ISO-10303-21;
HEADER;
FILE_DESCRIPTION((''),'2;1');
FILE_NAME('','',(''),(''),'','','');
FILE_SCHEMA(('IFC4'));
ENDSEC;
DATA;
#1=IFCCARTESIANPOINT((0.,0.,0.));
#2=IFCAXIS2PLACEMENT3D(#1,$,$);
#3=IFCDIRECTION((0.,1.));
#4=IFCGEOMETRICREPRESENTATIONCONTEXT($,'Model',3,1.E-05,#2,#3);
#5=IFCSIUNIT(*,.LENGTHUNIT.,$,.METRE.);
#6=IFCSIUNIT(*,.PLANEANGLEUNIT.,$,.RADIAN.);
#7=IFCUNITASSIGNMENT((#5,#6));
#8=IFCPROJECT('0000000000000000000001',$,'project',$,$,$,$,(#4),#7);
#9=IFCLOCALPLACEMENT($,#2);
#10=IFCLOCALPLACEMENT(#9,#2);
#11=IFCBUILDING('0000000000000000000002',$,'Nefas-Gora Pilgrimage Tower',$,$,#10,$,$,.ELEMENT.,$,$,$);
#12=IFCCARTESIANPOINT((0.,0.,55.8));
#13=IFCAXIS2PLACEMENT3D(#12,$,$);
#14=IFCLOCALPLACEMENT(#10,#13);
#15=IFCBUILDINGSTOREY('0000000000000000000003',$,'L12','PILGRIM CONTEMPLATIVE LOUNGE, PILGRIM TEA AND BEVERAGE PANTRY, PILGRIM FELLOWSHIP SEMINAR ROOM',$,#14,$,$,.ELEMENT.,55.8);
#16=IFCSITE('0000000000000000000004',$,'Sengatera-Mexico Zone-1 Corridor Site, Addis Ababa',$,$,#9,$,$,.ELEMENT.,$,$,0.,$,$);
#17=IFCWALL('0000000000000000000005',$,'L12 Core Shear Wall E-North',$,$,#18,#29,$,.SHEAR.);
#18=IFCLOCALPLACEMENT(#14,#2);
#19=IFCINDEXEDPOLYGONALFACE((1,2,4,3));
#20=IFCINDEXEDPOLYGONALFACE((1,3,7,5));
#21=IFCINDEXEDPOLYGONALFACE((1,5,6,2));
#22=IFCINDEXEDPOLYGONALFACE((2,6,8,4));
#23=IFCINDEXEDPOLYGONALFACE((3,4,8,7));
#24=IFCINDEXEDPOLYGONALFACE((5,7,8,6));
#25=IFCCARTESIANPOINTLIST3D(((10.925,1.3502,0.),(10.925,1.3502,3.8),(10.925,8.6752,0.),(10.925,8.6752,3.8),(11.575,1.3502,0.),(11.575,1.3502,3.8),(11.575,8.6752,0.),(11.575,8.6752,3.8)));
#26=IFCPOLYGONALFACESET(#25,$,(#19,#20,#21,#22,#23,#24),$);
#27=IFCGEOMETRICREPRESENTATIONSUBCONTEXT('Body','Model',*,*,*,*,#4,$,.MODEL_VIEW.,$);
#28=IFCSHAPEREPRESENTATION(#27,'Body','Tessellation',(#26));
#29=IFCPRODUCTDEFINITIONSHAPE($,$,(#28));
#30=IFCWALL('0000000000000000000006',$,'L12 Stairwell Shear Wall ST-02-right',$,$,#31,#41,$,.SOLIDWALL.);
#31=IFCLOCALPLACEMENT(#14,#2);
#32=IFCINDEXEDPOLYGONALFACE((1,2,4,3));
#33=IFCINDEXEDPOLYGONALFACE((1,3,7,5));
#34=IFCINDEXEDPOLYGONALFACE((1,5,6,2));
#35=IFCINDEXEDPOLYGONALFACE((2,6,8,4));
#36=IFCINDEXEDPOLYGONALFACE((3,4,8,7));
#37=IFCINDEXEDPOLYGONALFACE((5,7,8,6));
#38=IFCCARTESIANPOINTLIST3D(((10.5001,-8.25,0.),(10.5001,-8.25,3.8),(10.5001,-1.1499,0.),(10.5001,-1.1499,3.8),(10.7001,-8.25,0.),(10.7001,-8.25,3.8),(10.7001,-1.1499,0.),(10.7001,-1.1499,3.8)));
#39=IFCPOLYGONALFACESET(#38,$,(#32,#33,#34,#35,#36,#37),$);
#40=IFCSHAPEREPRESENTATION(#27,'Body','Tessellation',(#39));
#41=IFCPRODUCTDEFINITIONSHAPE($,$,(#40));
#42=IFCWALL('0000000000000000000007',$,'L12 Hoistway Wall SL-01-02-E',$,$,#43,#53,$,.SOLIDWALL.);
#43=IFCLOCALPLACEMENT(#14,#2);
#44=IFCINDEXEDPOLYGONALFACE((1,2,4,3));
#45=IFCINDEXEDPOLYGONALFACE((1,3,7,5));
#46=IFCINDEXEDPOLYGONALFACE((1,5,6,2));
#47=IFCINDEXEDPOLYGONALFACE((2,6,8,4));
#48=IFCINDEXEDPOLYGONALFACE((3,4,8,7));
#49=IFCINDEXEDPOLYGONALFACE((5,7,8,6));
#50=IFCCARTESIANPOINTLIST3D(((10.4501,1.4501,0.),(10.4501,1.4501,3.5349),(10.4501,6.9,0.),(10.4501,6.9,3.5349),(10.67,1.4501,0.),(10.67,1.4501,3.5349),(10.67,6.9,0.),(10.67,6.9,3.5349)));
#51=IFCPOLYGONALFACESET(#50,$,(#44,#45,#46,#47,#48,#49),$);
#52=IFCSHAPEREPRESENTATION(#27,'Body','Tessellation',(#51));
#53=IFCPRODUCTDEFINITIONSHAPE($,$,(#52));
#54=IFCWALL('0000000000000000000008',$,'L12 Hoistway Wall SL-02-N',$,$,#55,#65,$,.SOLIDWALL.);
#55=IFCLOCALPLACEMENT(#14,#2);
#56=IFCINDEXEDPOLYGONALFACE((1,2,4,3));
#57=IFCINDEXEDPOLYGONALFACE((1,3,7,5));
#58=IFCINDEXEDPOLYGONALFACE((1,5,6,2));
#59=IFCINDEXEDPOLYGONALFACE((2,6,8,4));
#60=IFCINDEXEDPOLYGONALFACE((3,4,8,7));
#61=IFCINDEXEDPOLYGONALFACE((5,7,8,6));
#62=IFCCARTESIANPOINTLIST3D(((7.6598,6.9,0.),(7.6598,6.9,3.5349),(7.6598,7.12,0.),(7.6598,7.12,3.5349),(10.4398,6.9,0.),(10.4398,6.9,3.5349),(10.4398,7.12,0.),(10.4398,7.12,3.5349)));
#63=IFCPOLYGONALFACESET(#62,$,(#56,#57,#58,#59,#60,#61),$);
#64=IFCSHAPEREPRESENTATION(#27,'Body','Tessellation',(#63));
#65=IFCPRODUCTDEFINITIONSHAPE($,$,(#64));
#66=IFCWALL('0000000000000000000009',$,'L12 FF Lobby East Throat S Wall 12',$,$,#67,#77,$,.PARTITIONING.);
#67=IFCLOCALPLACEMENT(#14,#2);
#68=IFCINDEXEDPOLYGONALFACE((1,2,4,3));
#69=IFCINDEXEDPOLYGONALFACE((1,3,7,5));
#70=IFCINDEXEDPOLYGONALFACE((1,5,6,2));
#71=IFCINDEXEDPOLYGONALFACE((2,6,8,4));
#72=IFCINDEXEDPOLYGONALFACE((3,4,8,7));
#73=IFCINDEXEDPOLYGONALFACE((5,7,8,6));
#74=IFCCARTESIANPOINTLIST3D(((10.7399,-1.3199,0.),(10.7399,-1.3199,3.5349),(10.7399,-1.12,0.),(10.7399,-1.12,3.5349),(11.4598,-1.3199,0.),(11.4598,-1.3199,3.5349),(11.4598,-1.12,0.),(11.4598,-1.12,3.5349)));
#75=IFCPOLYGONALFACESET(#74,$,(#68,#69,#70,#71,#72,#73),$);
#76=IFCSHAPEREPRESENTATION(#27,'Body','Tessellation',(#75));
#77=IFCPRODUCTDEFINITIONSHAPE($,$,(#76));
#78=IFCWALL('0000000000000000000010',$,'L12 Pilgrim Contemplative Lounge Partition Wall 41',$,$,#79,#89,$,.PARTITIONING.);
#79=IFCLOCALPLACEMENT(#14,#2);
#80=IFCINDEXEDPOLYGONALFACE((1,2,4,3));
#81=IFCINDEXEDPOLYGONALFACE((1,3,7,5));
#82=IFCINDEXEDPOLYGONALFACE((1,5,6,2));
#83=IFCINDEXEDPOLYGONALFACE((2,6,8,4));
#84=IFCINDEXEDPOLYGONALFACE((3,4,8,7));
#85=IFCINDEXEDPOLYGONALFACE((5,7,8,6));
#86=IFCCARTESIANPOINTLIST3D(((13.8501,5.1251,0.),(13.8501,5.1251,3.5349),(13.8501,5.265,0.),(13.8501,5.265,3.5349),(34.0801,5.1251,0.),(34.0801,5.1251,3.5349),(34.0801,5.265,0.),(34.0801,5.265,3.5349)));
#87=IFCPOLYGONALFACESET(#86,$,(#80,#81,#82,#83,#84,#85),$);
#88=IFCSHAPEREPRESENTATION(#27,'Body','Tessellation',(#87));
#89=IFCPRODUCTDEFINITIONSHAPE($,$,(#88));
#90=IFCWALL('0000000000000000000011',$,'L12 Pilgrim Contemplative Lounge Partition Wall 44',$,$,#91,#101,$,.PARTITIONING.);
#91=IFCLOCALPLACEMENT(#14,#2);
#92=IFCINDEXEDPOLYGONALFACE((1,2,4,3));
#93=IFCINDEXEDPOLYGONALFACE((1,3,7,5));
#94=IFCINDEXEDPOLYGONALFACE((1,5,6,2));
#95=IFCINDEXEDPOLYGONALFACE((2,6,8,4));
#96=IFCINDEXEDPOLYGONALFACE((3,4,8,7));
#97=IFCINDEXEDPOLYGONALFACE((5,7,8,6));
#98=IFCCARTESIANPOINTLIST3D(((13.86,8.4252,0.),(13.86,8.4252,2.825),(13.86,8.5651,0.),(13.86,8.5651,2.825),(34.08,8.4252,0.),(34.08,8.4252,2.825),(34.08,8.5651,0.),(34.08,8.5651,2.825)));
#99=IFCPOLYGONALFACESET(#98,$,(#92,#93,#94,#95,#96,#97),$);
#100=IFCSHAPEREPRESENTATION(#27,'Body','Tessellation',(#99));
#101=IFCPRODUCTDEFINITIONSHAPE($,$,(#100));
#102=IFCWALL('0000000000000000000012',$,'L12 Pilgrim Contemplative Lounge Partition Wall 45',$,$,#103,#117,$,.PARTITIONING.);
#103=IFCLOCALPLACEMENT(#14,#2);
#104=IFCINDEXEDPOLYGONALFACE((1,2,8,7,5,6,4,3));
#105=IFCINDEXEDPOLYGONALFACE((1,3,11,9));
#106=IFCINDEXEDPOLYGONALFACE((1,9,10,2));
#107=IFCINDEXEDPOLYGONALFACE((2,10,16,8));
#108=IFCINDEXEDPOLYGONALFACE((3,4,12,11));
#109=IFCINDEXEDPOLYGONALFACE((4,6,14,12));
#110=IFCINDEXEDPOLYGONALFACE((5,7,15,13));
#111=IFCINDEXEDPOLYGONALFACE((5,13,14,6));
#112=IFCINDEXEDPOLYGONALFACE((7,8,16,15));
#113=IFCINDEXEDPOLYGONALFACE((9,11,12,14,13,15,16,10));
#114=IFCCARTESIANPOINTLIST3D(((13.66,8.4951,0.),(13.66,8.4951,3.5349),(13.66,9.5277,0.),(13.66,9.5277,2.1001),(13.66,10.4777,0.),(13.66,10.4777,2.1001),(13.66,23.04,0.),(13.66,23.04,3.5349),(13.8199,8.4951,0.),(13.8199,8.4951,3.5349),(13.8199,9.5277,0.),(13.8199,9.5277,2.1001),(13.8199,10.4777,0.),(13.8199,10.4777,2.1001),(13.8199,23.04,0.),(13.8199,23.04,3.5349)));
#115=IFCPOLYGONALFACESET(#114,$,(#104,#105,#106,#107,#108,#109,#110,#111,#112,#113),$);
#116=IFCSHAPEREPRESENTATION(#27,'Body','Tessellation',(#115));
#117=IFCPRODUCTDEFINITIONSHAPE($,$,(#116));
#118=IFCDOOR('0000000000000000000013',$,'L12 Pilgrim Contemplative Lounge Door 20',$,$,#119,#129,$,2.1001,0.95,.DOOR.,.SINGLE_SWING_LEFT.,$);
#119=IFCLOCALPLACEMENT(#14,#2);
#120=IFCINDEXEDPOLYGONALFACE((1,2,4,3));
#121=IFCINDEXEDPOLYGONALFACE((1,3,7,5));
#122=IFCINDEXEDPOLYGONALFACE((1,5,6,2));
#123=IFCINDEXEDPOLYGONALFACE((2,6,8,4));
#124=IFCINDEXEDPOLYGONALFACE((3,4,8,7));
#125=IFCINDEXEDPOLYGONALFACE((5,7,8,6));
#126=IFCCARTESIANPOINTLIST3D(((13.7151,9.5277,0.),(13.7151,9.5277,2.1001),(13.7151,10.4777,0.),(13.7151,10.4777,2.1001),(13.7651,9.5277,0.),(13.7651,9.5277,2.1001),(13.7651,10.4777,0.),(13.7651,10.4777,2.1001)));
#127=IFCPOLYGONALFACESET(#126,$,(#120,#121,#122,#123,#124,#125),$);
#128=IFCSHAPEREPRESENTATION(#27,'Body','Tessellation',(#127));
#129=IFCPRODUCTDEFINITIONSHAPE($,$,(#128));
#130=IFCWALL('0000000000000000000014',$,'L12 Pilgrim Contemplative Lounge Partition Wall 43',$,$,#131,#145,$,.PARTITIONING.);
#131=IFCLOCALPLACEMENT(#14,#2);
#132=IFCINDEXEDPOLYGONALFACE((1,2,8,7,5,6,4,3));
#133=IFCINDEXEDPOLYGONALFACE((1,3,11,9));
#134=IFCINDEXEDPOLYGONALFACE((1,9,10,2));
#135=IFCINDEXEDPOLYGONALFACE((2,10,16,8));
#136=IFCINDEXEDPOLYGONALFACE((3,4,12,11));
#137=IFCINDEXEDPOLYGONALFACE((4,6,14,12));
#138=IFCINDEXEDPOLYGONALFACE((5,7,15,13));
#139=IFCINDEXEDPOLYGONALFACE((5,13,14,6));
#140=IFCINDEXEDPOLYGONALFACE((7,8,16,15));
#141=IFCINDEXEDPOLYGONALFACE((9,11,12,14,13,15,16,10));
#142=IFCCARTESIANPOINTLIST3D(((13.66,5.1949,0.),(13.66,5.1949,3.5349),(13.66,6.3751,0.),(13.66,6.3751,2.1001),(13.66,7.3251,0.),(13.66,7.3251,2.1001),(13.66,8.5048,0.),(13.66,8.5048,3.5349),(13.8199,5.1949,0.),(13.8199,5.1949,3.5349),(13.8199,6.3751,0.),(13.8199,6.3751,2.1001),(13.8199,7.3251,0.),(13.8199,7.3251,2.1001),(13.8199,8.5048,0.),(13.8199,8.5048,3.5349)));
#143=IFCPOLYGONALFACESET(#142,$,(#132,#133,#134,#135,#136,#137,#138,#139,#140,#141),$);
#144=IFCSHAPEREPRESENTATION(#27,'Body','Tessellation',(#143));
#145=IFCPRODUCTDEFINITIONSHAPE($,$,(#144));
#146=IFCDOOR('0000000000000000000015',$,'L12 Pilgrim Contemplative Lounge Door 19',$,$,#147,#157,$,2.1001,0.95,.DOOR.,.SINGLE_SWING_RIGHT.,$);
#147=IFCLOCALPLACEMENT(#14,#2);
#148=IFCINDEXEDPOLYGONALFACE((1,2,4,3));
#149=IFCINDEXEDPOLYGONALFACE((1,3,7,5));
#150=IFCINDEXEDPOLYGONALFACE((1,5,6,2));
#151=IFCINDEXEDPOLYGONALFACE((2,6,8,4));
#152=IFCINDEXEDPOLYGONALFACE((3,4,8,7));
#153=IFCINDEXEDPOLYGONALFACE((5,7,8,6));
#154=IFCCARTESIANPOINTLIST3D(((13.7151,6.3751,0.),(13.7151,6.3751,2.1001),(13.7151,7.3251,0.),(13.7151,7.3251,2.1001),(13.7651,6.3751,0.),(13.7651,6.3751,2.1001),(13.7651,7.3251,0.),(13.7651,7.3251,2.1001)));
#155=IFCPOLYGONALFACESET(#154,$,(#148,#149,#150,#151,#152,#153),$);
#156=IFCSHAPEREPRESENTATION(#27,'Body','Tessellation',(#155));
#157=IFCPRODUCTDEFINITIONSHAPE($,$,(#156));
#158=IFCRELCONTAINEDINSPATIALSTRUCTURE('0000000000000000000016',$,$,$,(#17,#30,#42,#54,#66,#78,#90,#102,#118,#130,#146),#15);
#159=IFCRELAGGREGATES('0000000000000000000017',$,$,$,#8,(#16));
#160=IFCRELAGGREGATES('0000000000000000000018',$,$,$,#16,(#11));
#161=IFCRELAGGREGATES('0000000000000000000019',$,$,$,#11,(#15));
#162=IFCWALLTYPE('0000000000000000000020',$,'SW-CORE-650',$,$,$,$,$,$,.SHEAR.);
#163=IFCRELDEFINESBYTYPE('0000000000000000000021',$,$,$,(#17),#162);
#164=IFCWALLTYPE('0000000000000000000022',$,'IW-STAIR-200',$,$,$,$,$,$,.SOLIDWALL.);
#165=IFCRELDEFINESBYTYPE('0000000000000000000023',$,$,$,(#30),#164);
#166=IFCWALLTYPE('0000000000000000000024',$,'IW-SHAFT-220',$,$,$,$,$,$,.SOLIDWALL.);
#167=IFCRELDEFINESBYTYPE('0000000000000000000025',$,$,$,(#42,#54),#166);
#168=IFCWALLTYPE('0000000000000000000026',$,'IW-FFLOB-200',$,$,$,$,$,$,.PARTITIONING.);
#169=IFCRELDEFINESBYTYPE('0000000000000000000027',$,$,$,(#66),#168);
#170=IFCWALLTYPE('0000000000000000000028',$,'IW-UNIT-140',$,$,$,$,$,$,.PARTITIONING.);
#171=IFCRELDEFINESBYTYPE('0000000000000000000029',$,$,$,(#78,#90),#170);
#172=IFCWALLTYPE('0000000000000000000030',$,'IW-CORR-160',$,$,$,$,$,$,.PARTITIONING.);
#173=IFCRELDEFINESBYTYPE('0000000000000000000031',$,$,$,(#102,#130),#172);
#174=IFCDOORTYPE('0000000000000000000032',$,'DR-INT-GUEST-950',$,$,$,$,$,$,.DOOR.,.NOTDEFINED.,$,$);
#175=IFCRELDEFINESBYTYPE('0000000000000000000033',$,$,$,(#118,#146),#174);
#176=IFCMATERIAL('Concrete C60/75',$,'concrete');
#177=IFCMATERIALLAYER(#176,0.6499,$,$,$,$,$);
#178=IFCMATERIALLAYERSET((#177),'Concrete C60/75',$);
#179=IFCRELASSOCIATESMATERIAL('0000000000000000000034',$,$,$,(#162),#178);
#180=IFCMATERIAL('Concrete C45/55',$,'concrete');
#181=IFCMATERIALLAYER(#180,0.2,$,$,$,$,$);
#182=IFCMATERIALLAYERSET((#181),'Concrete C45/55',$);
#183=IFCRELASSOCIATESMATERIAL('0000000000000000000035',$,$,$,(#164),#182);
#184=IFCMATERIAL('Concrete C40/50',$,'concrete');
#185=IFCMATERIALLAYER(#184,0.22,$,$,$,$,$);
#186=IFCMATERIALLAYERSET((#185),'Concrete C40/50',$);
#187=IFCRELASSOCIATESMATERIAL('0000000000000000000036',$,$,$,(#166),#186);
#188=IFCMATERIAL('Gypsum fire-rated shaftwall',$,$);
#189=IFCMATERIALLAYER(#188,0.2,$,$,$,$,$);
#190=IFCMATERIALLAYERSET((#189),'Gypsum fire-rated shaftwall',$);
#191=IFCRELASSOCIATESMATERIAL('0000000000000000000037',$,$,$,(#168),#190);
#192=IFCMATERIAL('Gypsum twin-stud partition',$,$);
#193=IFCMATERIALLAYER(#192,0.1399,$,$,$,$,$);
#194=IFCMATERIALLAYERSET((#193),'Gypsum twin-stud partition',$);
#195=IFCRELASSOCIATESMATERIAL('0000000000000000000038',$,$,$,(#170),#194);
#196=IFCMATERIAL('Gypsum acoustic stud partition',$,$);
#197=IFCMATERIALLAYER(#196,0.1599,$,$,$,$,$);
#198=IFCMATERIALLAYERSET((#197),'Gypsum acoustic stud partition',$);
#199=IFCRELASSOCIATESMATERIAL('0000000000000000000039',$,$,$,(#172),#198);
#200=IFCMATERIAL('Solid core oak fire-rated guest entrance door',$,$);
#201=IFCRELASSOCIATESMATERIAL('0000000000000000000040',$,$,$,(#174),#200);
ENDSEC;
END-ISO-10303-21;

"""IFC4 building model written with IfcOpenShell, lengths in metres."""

from ifc_helpers import new_model, si_unit, direction, frame, frame_2d, origin, place, context, subcontext, project, spatial, rectangle, extrude, source, transform, mapped, material, layer, layer_set, type_object, element, fill, save


model = new_model("IFC4")

# Units and contexts
model_context = context("Model", 3, precision=1e-05, world=origin(), true_north=direction((0.0, 1.0)))
body_context = subcontext(model_context, "Body", "Model", "MODEL_VIEW")
ifc_project = project(units=[si_unit("LENGTHUNIT", "METRE"), si_unit("PLANEANGLEUNIT", "RADIAN")], contexts=[model_context])

# Site, building, storey
site_placement = place(None, origin())
site = spatial("IfcSite", under=ifc_project, at=site_placement, Name="Sengatera-Mexico Zone-1 Corridor Site, Addis Ababa", CompositionType="ELEMENT", RefElevation=0.0)
building_placement = place(site_placement, origin())
building = spatial("IfcBuilding", under=site, at=building_placement, Name="Nefas-Gora Pilgrimage Tower", CompositionType="ELEMENT")
storey_placement = place(building_placement, frame((0.0, 0.0, 55.8)))
storey = spatial("IfcBuildingStorey", under=building, at=storey_placement, Name="L12", Description="PILGRIM CONTEMPLATIVE LOUNGE, PILGRIM TEA AND BEVERAGE PANTRY, PILGRIM FELLOWSHIP SEMINAR ROOM", CompositionType="ELEMENT", Elevation=55.8)

# Walls
ifc_material_1 = material(Name="Concrete C60/75", Category="concrete")
ifc_layer_1 = layer(ifc_material_1, 0.6499)
ifc_layer_set_1 = layer_set([ifc_layer_1], Name="Concrete C60/75")
wall_type_1 = type_object("IfcWallType", Name="SW-CORE-650", PredefinedType="SHEAR", material=ifc_layer_set_1)
shared_shape_1 = source(origin(), body_context, "Body", "SweptSolid", [
    extrude(rectangle(XDim=7.325, YDim=0.6499, at=frame_2d((3.6626, 0.0))), origin(), (0.0, 0.0, 1.0), 3.8),
])
wall_1_placement = place(storey_placement, frame((11.25, 1.3501, 0.0), z_axis=(0.0, 0.0, 1.0), x_axis=(0.0, 1.0, 0.0)))
element("IfcWall", 1, at=wall_1_placement, inside=storey, type_object=wall_type_1, Name="L12 Core Shear Wall E-North", PredefinedType="SHEAR", context=body_context, shape_type="MappedRepresentation", body=[
    mapped(shared_shape_1, transform((0.0, 0.0, 0.0), x_axis=(1.0, 0.0, 0.0), y_axis=(0.0, 1.0, 0.0), z_axis=(0.0, 0.0, 1.0), scale=1.0)),
])
ifc_material_2 = material(Name="Concrete C45/55", Category="concrete")
ifc_layer_2 = layer(ifc_material_2, 0.2)
ifc_layer_set_2 = layer_set([ifc_layer_2], Name="Concrete C45/55")
wall_type_2 = type_object("IfcWallType", Name="IW-STAIR-200", PredefinedType="SOLIDWALL", material=ifc_layer_set_2)
shared_shape_2 = source(origin(), body_context, "Body", "SweptSolid", [
    extrude(rectangle(XDim=7.1001, YDim=0.2, at=frame_2d((3.55, 0.0))), origin(), (0.0, 0.0, 1.0), 3.8),
])
wall_2_placement = place(storey_placement, frame((10.6001, -1.1499, 0.0), z_axis=(0.0, 0.0, 1.0), x_axis=(0.0, -1.0, 0.0)))
element("IfcWall", 2, at=wall_2_placement, inside=storey, type_object=wall_type_2, Name="L12 Stairwell Shear Wall ST-02-right", PredefinedType="SOLIDWALL", context=body_context, shape_type="MappedRepresentation", body=[
    mapped(shared_shape_2, transform((0.0, 0.0, 0.0), x_axis=(1.0, 0.0, 0.0), y_axis=(0.0, 1.0, 0.0), z_axis=(0.0, 0.0, 1.0), scale=1.0)),
])
ifc_material_3 = material(Name="Concrete C40/50", Category="concrete")
ifc_layer_3 = layer(ifc_material_3, 0.22)
ifc_layer_set_3 = layer_set([ifc_layer_3], Name="Concrete C40/50")
wall_type_3 = type_object("IfcWallType", Name="IW-SHAFT-220", PredefinedType="SOLIDWALL", material=ifc_layer_set_3)
shared_shape_3 = source(origin(), body_context, "Body", "SweptSolid", [
    extrude(rectangle(XDim=5.45, YDim=0.22, at=frame_2d((2.7251, 0.0))), origin(), (0.0, 0.0, 1.0), 3.5349),
])
wall_3_placement = place(storey_placement, frame((10.5601, 1.45, 0.0), z_axis=(0.0, 0.0, 1.0), x_axis=(0.0, 1.0, 0.0)))
element("IfcWall", 3, at=wall_3_placement, inside=storey, type_object=wall_type_3, Name="L12 Hoistway Wall SL-01-02-E", PredefinedType="SOLIDWALL", context=body_context, shape_type="MappedRepresentation", body=[
    mapped(shared_shape_3, transform((0.0, 0.0, 0.0), x_axis=(1.0, 0.0, 0.0), y_axis=(0.0, 1.0, 0.0), z_axis=(0.0, 0.0, 1.0), scale=1.0)),
])
shared_shape_4 = source(origin(), body_context, "Body", "SweptSolid", [
    extrude(rectangle(XDim=2.78, YDim=0.22, at=frame_2d((1.3901, 0.0))), origin(), (0.0, 0.0, 1.0), 3.5349),
])
wall_4_placement = place(storey_placement, frame((10.4399, 7.01, 0.0), z_axis=(0.0, 0.0, 1.0), x_axis=(-1.0, 0.0, 0.0)))
element("IfcWall", 4, at=wall_4_placement, inside=storey, type_object=wall_type_3, Name="L12 Hoistway Wall SL-02-N", PredefinedType="SOLIDWALL", context=body_context, shape_type="MappedRepresentation", body=[
    mapped(shared_shape_4, transform((0.0, 0.0, 0.0), x_axis=(1.0, 0.0, 0.0), y_axis=(0.0, 1.0, 0.0), z_axis=(0.0, 0.0, 1.0), scale=1.0)),
])
ifc_material_4 = material(Name="Gypsum fire-rated shaftwall")
ifc_layer_4 = layer(ifc_material_4, 0.2)
ifc_layer_set_4 = layer_set([ifc_layer_4], Name="Gypsum fire-rated shaftwall")
wall_type_4 = type_object("IfcWallType", Name="IW-FFLOB-200", PredefinedType="PARTITIONING", material=ifc_layer_set_4)
shared_shape_5 = source(origin(), body_context, "Body", "SweptSolid", [
    extrude(rectangle(XDim=0.72, YDim=0.2, at=frame_2d((0.3599, 0.0))), origin(), (0.0, 0.0, 1.0), 3.5349),
])
wall_5_placement = place(storey_placement, frame((10.74, -1.22, 0.0), z_axis=(0.0, 0.0, 1.0), x_axis=(1.0, 0.0, 0.0)))
element("IfcWall", 5, at=wall_5_placement, inside=storey, type_object=wall_type_4, Name="L12 FF Lobby East Throat S Wall 12", PredefinedType="PARTITIONING", context=body_context, shape_type="MappedRepresentation", body=[
    mapped(shared_shape_5, transform((0.0, 0.0, 0.0), x_axis=(1.0, 0.0, 0.0), y_axis=(0.0, 1.0, 0.0), z_axis=(0.0, 0.0, 1.0), scale=1.0)),
])
ifc_material_5 = material(Name="Gypsum twin-stud partition")
ifc_layer_5 = layer(ifc_material_5, 0.1399)
ifc_layer_set_5 = layer_set([ifc_layer_5], Name="Gypsum twin-stud partition")
wall_type_5 = type_object("IfcWallType", Name="IW-UNIT-140", PredefinedType="PARTITIONING", material=ifc_layer_set_5)
shared_shape_6 = source(origin(), body_context, "Body", "SweptSolid", [
    extrude(rectangle(XDim=20.23, YDim=0.1399, at=frame_2d((10.115, 0.0))), origin(), (0.0, 0.0, 1.0), 3.5349),
])
wall_6_placement = place(storey_placement, frame((13.8501, 5.1951, 0.0), z_axis=(0.0, 0.0, 1.0), x_axis=(1.0, 0.0, 0.0)))
element("IfcWall", 6, at=wall_6_placement, inside=storey, type_object=wall_type_5, Name="L12 Pilgrim Contemplative Lounge Partition Wall 41", PredefinedType="PARTITIONING", context=body_context, shape_type="MappedRepresentation", body=[
    mapped(shared_shape_6, transform((0.0, 0.0, 0.0), x_axis=(1.0, 0.0, 0.0), y_axis=(0.0, 1.0, 0.0), z_axis=(0.0, 0.0, 1.0), scale=1.0)),
])
shared_shape_7 = source(origin(), body_context, "Body", "SweptSolid", [
    extrude(rectangle(XDim=20.22, YDim=0.1399, at=frame_2d((10.1099, 0.0))), origin(), (0.0, 0.0, 1.0), 2.825),
])
wall_7_placement = place(storey_placement, frame((13.8601, 8.4951, 0.0), z_axis=(0.0, 0.0, 1.0), x_axis=(1.0, 0.0, 0.0)))
element("IfcWall", 7, at=wall_7_placement, inside=storey, type_object=wall_type_5, Name="L12 Pilgrim Contemplative Lounge Partition Wall 44", PredefinedType="PARTITIONING", context=body_context, shape_type="MappedRepresentation", body=[
    mapped(shared_shape_7, transform((0.0, 0.0, 0.0), x_axis=(1.0, 0.0, 0.0), y_axis=(0.0, 1.0, 0.0), z_axis=(0.0, 0.0, 1.0), scale=1.0)),
])

# Walls, openings, doors
ifc_material_6 = material(Name="Gypsum acoustic stud partition")
ifc_layer_6 = layer(ifc_material_6, 0.1599)
ifc_layer_set_6 = layer_set([ifc_layer_6], Name="Gypsum acoustic stud partition")
wall_type_6 = type_object("IfcWallType", Name="IW-CORR-160", PredefinedType="PARTITIONING", material=ifc_layer_set_6)
shared_shape_8 = source(origin(), body_context, "Body", "SweptSolid", [
    extrude(rectangle(XDim=14.5449, YDim=0.1599, at=frame_2d((7.2725, 0.0))), origin(), (0.0, 0.0, 1.0), 3.5349),
])
wall_8_placement = place(storey_placement, frame((13.74, 8.4951, 0.0), z_axis=(0.0, 0.0, 1.0), x_axis=(0.0, 1.0, 0.0)))
wall_8 = element("IfcWall", 8, at=wall_8_placement, inside=storey, type_object=wall_type_6, Name="L12 Pilgrim Contemplative Lounge Partition Wall 45", PredefinedType="PARTITIONING", context=body_context, shape_type="MappedRepresentation", body=[
    mapped(shared_shape_8, transform((0.0, 0.0, 0.0), x_axis=(1.0, 0.0, 0.0), y_axis=(0.0, 1.0, 0.0), z_axis=(0.0, 0.0, 1.0), scale=1.0)),
])
opening_1_placement = place(wall_8_placement, frame((1.0325, 0.0, 0.0)))
opening_1 = element("IfcOpeningElement", 9, at=opening_1_placement, cuts=wall_8, PredefinedType="OPENING", context=body_context, shape_type="SweptSolid", body=[
    extrude(rectangle(XDim=0.95, YDim=2.1001, at=frame_2d((0.4751, 1.05))), frame((0.0, 0.0898, 0.0), z_axis=(0.0, -1.0, 0.0), x_axis=(1.0, 0.0, 0.0)), (0.0, 0.0, 1.0), 0.1799),
])
ifc_material_7 = material(Name="Solid core oak fire-rated guest entrance door")
door_type = type_object("IfcDoorType", Name="DR-INT-GUEST-950", OperationType="NOTDEFINED", PredefinedType="DOOR", material=ifc_material_7)
shared_shape_9 = source(origin(), body_context, "Body", "SweptSolid", [
    extrude(rectangle(XDim=0.95, YDim=2.1001, at=frame_2d((0.4751, 1.05))), frame((0.0, 0.0249, 0.0), z_axis=(0.0, -1.0, 0.0), x_axis=(1.0, 0.0, 0.0)), (0.0, 0.0, 1.0), 0.05),
])
door_1_placement = place(opening_1_placement, origin())
door_1 = element("IfcDoor", 10, at=door_1_placement, inside=storey, type_object=door_type, Name="L12 Pilgrim Contemplative Lounge Door 20", OperationType="SINGLE_SWING_LEFT", OverallHeight=2.1001, OverallWidth=0.95, PredefinedType="DOOR", context=body_context, shape_type="MappedRepresentation", body=[
    mapped(shared_shape_9, transform((0.0, 0.0, 0.0), x_axis=(1.0, 0.0, 0.0), y_axis=(0.0, 1.0, 0.0), z_axis=(0.0, 0.0, 1.0), scale=1.0)),
])
fill(opening_1, door_1)
shared_shape_10 = source(origin(), body_context, "Body", "SweptSolid", [
    extrude(rectangle(XDim=3.3098, YDim=0.1599, at=frame_2d((1.6548, 0.0))), origin(), (0.0, 0.0, 1.0), 3.5349),
])
wall_9_placement = place(storey_placement, frame((13.74, 5.1951, 0.0), z_axis=(0.0, 0.0, 1.0), x_axis=(0.0, 1.0, 0.0)))
wall_9 = element("IfcWall", 11, at=wall_9_placement, inside=storey, type_object=wall_type_6, Name="L12 Pilgrim Contemplative Lounge Partition Wall 43", PredefinedType="PARTITIONING", context=body_context, shape_type="MappedRepresentation", body=[
    mapped(shared_shape_10, transform((0.0, 0.0, 0.0), x_axis=(1.0, 0.0, 0.0), y_axis=(0.0, 1.0, 0.0), z_axis=(0.0, 0.0, 1.0), scale=1.0)),
])
opening_2_placement = place(wall_9_placement, frame((1.1799, 0.0, 0.0)))
opening_2 = element("IfcOpeningElement", 12, at=opening_2_placement, cuts=wall_9, PredefinedType="OPENING", context=body_context, shape_type="SweptSolid", body=[
    extrude(rectangle(XDim=0.95, YDim=2.1001, at=frame_2d((0.4751, 1.05))), frame((0.0, 0.0898, 0.0), z_axis=(0.0, -1.0, 0.0), x_axis=(1.0, 0.0, 0.0)), (0.0, 0.0, 1.0), 0.1799),
])
door_2_placement = place(opening_2_placement, origin())
door_2 = element("IfcDoor", 13, at=door_2_placement, inside=storey, type_object=door_type, Name="L12 Pilgrim Contemplative Lounge Door 19", OperationType="SINGLE_SWING_RIGHT", OverallHeight=2.1001, OverallWidth=0.95, PredefinedType="DOOR", context=body_context, shape_type="MappedRepresentation", body=[
    mapped(shared_shape_9, transform((0.0, 0.0, 0.0), x_axis=(1.0, 0.0, 0.0), y_axis=(0.0, 1.0, 0.0), z_axis=(0.0, 0.0, 1.0), scale=1.0)),
])
fill(opening_2, door_2)

save(model, "model.ifc")
